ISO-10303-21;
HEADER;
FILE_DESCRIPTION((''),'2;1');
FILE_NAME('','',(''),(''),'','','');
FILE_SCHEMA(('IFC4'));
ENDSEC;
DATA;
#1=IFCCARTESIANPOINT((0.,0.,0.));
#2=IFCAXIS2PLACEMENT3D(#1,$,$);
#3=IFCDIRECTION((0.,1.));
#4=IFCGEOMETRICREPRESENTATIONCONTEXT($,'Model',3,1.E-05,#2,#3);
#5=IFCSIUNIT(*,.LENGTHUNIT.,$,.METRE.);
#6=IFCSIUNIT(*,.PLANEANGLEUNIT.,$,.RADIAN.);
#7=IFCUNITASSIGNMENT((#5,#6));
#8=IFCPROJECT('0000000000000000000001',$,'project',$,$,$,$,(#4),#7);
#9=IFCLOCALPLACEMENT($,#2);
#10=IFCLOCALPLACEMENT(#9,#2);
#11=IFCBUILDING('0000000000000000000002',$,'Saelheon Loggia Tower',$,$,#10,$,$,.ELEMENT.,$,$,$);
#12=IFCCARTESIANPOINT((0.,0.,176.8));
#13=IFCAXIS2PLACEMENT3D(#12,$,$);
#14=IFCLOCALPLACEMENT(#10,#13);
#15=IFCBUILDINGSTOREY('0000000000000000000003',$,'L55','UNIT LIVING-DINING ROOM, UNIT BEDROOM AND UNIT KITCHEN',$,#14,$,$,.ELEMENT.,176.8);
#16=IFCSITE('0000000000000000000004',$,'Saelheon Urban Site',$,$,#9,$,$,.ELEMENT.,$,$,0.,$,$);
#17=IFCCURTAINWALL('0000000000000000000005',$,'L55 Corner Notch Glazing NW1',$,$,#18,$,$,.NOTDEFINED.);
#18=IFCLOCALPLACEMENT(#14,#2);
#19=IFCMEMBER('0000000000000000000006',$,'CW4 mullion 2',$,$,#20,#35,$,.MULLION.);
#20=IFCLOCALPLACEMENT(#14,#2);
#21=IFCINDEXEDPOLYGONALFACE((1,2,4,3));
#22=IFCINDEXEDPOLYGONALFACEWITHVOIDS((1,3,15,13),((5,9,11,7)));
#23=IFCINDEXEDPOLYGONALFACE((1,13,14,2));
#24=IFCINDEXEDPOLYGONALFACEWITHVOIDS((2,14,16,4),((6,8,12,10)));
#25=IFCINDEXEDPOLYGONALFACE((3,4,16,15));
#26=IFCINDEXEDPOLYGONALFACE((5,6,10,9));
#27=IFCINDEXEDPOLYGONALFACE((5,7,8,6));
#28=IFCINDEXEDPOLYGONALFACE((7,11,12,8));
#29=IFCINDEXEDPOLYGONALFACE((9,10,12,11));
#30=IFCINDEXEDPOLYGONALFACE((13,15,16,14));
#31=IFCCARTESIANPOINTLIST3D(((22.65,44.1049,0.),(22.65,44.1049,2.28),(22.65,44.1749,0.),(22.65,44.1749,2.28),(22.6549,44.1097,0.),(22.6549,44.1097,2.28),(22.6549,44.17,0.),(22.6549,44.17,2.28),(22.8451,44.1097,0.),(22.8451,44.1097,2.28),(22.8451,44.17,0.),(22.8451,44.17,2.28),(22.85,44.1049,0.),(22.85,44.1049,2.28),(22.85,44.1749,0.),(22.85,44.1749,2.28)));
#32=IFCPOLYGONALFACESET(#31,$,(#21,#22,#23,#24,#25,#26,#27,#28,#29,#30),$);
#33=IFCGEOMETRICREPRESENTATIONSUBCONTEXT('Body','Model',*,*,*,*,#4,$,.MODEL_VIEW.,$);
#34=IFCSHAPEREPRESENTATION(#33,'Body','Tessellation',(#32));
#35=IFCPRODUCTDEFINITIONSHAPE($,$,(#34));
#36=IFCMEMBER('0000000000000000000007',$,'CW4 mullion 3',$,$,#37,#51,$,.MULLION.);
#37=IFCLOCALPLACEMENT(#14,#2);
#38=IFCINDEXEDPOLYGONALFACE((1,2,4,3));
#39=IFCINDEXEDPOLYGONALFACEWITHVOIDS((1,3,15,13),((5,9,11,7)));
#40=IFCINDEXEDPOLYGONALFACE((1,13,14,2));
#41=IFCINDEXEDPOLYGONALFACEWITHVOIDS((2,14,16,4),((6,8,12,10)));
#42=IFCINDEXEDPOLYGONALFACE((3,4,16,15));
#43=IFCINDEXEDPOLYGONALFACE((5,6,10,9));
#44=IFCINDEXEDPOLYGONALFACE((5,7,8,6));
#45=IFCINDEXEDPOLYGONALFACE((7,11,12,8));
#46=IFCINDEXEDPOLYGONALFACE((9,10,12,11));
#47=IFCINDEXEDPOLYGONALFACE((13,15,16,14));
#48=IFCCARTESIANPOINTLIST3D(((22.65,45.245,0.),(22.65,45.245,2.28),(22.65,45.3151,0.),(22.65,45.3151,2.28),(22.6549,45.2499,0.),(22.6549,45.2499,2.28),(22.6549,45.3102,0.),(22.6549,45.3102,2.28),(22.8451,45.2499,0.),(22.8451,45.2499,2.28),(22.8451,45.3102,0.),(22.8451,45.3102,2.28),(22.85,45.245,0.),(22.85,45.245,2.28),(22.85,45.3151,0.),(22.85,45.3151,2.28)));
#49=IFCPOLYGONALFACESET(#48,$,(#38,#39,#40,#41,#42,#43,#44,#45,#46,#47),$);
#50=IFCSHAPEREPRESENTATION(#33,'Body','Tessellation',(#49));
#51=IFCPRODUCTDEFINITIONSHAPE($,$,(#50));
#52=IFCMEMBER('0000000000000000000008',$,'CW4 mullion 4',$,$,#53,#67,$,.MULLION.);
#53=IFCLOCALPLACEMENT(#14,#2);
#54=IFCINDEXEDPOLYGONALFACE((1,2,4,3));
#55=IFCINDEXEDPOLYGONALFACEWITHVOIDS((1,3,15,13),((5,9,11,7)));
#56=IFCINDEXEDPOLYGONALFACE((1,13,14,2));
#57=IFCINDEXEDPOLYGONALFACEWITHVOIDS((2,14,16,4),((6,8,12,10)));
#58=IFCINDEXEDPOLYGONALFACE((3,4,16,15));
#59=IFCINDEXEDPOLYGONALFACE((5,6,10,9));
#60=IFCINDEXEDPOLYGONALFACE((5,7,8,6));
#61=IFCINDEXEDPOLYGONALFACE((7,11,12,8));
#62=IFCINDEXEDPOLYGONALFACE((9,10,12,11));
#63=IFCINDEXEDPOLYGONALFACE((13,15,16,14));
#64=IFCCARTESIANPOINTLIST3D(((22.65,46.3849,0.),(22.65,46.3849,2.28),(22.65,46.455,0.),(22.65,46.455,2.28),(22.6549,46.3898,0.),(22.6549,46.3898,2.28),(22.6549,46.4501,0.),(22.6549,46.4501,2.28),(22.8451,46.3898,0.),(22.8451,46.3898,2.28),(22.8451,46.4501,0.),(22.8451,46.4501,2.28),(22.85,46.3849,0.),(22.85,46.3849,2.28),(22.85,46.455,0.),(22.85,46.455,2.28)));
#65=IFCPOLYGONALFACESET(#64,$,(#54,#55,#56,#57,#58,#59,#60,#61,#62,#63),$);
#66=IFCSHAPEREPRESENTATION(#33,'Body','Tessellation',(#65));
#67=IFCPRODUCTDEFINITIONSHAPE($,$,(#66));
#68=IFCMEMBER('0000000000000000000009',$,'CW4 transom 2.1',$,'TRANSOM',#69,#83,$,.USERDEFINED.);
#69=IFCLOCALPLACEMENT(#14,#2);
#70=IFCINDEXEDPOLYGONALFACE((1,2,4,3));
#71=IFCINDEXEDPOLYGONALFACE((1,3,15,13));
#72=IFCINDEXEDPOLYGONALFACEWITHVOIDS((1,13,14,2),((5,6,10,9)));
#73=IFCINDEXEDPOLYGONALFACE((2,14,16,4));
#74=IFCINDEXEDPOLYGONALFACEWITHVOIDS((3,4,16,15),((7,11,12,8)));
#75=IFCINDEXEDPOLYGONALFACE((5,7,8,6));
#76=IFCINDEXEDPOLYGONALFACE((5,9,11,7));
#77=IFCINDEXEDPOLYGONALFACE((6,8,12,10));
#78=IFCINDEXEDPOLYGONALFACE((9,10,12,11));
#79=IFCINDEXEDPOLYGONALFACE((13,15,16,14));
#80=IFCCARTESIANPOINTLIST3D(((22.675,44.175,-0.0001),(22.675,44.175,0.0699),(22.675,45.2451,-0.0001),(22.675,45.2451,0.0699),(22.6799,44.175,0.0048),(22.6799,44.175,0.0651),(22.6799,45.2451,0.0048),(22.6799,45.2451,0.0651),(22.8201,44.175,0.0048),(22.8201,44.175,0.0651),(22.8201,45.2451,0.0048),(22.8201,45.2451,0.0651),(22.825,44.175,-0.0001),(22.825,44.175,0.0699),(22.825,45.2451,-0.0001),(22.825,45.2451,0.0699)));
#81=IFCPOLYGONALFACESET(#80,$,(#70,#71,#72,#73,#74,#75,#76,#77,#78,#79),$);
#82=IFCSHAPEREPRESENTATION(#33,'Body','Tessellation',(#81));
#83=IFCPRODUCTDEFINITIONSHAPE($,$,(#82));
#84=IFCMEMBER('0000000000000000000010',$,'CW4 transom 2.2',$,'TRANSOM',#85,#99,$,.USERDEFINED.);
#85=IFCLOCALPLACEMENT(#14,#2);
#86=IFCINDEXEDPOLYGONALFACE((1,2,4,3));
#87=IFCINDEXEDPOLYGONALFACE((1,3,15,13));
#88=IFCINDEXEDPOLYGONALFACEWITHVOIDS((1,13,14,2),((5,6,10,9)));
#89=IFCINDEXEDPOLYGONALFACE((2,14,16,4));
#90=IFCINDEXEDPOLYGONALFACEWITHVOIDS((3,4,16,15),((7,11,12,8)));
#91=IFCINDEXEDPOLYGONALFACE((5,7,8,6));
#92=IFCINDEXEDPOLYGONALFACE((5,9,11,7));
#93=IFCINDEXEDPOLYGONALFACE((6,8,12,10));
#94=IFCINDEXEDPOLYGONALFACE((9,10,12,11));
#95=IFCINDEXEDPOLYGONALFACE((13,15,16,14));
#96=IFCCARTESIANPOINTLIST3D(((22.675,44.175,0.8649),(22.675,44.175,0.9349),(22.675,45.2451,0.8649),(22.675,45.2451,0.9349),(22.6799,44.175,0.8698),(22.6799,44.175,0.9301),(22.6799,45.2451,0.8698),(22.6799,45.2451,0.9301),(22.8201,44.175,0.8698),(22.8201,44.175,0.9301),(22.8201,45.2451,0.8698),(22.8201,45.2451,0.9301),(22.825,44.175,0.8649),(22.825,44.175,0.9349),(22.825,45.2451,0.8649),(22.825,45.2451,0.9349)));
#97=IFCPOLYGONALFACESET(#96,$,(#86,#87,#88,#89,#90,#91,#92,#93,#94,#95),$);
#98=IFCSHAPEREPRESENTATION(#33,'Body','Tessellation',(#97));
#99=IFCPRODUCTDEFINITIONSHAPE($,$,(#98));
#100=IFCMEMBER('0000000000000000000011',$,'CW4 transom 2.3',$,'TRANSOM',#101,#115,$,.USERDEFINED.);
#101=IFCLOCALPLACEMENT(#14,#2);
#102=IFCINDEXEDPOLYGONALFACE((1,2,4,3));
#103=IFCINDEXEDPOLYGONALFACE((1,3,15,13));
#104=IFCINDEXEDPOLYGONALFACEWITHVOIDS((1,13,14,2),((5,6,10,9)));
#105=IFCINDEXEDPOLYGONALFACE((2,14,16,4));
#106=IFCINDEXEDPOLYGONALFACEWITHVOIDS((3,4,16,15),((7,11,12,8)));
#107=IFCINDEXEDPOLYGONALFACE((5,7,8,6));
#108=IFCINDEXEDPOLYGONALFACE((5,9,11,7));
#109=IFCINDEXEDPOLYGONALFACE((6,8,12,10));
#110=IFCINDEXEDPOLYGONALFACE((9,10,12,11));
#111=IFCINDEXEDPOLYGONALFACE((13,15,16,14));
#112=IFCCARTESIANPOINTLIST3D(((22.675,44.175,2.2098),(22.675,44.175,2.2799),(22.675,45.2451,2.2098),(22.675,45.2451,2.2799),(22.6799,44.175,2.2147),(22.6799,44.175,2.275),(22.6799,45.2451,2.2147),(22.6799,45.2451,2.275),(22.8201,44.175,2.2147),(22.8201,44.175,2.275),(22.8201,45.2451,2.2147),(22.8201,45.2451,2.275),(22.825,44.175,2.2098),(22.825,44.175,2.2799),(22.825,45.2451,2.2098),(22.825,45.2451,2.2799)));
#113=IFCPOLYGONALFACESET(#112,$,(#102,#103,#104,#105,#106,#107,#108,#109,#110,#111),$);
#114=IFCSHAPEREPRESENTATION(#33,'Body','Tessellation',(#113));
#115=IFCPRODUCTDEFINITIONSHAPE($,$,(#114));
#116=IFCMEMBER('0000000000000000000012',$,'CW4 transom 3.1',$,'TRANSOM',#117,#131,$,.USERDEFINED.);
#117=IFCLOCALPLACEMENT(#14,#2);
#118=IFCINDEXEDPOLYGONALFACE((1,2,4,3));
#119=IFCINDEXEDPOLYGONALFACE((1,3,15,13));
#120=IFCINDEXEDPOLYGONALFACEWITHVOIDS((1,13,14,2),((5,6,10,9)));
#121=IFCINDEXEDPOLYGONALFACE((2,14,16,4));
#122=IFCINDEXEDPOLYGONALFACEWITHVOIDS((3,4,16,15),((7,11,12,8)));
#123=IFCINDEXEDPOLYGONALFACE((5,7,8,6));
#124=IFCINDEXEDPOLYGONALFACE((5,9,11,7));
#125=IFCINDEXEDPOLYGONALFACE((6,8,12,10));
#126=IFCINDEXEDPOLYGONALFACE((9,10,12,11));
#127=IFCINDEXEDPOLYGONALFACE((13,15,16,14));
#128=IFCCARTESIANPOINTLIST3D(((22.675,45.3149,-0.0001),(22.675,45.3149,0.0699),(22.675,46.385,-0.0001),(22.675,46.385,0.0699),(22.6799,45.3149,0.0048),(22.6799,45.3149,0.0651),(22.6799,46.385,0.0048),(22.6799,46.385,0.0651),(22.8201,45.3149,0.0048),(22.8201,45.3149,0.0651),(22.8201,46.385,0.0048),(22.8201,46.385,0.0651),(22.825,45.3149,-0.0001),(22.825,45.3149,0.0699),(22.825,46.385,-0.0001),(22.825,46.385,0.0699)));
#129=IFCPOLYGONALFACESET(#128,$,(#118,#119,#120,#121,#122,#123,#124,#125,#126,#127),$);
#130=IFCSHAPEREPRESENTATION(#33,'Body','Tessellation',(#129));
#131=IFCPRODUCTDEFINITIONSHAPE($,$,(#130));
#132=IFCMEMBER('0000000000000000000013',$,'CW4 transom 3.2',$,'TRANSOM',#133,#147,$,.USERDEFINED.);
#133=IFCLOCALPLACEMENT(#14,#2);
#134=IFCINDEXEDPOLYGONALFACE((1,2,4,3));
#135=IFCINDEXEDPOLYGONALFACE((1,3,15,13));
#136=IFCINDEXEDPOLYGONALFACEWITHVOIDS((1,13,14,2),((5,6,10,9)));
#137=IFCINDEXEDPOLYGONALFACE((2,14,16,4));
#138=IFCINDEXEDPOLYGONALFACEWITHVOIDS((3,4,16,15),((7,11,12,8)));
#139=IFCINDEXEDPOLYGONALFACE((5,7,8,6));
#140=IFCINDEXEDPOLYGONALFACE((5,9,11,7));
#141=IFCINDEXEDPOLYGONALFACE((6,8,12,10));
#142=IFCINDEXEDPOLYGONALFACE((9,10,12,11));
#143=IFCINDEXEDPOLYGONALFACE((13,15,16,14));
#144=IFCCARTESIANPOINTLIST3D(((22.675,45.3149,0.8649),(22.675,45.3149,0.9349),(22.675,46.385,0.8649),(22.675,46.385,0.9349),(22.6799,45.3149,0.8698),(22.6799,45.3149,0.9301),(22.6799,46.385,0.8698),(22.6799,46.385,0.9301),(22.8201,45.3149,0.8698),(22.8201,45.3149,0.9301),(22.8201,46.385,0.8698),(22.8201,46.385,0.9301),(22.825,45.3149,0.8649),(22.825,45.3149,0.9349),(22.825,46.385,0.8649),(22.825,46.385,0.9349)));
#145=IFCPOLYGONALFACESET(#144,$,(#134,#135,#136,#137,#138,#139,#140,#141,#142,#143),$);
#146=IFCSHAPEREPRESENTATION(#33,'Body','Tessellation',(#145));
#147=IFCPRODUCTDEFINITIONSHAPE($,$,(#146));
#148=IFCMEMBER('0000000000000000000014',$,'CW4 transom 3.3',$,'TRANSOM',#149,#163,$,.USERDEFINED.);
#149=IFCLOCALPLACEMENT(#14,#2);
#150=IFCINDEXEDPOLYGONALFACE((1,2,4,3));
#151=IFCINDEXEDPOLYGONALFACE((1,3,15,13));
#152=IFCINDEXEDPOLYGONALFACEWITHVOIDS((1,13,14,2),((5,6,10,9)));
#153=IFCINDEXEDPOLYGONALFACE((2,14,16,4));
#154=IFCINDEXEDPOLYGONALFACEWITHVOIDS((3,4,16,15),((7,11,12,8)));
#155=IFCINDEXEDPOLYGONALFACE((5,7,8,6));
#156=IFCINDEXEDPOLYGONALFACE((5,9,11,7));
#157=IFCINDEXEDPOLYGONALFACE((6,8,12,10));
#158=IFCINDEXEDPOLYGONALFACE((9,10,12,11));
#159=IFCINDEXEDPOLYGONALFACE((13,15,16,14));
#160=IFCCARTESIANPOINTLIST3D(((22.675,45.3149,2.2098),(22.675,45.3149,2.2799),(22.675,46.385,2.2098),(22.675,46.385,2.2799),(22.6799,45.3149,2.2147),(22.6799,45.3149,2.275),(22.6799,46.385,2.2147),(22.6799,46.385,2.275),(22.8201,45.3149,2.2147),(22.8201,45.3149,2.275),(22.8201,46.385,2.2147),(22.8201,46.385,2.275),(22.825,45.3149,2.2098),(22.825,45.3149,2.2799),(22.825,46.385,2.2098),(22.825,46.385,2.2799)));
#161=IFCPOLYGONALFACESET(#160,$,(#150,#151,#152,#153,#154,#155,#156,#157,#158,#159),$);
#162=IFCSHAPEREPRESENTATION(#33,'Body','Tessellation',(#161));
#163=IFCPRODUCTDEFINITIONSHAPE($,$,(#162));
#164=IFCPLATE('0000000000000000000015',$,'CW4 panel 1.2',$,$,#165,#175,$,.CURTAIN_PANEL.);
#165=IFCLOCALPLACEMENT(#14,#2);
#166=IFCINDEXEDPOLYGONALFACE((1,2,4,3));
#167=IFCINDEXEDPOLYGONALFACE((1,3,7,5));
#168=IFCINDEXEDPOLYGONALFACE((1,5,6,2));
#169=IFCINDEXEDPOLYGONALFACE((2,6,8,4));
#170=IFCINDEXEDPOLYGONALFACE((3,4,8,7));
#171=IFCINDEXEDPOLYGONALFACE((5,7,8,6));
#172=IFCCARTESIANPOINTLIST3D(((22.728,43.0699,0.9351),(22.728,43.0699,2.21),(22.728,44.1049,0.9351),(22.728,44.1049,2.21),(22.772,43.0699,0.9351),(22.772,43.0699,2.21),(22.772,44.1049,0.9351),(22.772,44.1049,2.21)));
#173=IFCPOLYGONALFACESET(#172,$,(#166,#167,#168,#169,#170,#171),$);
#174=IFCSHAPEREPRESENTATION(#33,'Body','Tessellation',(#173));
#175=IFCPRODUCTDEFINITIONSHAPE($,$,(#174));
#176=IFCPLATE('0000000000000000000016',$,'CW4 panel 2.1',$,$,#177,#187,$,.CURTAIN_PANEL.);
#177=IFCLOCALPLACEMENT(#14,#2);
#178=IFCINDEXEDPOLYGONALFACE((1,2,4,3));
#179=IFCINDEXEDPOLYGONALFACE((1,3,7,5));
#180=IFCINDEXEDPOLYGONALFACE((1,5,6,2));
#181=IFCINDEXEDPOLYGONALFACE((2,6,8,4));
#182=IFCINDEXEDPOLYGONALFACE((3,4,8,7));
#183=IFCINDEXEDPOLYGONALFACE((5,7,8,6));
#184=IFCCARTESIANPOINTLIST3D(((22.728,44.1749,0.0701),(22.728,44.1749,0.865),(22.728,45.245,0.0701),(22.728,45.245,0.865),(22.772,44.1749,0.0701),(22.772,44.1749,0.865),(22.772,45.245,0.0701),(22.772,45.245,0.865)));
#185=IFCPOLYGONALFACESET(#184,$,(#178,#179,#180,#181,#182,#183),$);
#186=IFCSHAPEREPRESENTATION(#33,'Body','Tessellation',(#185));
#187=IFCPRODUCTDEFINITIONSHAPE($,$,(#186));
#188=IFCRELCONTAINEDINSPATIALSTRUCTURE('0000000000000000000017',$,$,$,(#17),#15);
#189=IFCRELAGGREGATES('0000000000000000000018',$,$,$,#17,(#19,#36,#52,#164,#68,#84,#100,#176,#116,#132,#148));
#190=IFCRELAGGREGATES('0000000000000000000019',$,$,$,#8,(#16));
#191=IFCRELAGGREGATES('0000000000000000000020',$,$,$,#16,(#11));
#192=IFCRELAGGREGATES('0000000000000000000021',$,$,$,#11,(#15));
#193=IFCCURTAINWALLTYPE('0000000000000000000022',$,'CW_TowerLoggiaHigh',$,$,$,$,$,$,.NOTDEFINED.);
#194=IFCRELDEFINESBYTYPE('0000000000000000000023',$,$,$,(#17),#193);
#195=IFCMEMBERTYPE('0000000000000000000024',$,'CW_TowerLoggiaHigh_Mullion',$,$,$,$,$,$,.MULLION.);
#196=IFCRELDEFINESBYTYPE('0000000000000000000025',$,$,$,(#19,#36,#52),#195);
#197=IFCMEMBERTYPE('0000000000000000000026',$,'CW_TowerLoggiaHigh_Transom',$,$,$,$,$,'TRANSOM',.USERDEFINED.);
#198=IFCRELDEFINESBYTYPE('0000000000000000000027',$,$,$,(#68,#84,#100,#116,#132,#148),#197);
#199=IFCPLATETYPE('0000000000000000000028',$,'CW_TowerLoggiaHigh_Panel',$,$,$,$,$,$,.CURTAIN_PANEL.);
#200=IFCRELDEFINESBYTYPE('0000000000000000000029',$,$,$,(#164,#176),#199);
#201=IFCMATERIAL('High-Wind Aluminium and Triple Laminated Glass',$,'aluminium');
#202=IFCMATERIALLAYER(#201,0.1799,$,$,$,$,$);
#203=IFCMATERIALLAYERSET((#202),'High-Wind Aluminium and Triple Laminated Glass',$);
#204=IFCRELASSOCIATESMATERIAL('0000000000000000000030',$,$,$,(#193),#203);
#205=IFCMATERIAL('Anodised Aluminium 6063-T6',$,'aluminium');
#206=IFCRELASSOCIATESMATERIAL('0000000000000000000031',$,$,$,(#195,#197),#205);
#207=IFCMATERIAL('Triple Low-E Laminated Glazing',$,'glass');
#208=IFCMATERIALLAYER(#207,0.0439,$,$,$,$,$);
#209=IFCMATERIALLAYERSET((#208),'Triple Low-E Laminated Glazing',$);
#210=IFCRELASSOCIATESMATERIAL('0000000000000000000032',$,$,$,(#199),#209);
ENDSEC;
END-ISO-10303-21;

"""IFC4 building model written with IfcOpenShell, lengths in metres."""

from ifc_helpers import new_model, si_unit, direction, frame, origin, origin_2d, place, context, subcontext, project, spatial, rectangle, hollow_rectangle, extrude, source, transform, mapped, material, layer, layer_set, material_profile, profile_set, type_object, element, aggregate, save


model = new_model("IFC4")

# Units and contexts
model_context = context("Model", 3, precision=1e-05, world=origin(), true_north=direction((0.0, 1.0)))
body_context = subcontext(model_context, "Body", "Model", "MODEL_VIEW")
ifc_project = project(units=[si_unit("LENGTHUNIT", "METRE"), si_unit("PLANEANGLEUNIT", "RADIAN")], contexts=[model_context])

# Site, building, storey
site_placement = place(None, origin())
site = spatial("IfcSite", under=ifc_project, at=site_placement, Name="Saelheon Urban Site", CompositionType="ELEMENT", RefElevation=0.0)
building_placement = place(site_placement, origin())
building = spatial("IfcBuilding", under=site, at=building_placement, Name="Saelheon Loggia Tower", CompositionType="ELEMENT")
storey_placement = place(building_placement, frame((0.0, 0.0, 176.8)))
storey = spatial("IfcBuildingStorey", under=building, at=storey_placement, Name="L55", Description="UNIT LIVING-DINING ROOM, UNIT BEDROOM AND UNIT KITCHEN", CompositionType="ELEMENT", Elevation=176.8)

# Curtain wall, members, plates
ifc_material_1 = material(Name="High-Wind Aluminium and Triple Laminated Glass", Category="aluminium")
ifc_layer_1 = layer(ifc_material_1, 0.1799)
ifc_layer_set_1 = layer_set([ifc_layer_1], Name="High-Wind Aluminium and Triple Laminated Glass")
curtain_wall_type = type_object("IfcCurtainWallType", Name="CW_TowerLoggiaHigh", PredefinedType="NOTDEFINED", material=ifc_layer_set_1)
curtain_wall_placement = place(storey_placement, origin())
curtain_wall = element("IfcCurtainWall", 1, at=curtain_wall_placement, inside=storey, type_object=curtain_wall_type, Name="L55 Corner Notch Glazing NW1", PredefinedType="NOTDEFINED")
ifc_material_2 = material(Name="Anodised Aluminium 6063-T6", Category="aluminium")
ifc_material_profile_1 = material_profile(ifc_material_2, hollow_rectangle(XDim=0.0701, YDim=0.2, WallThickness=0.0049, at=origin_2d()), Name="RHS-200x70x5")
ifc_profile_set_1 = profile_set([ifc_material_profile_1], Name="Anodised Aluminium 6063-T6")
member_type_1 = type_object("IfcMemberType", Name="CW_TowerLoggiaHigh_Mullion", PredefinedType="MULLION", material=ifc_profile_set_1)
shared_shape_1 = source(origin(), body_context, "Body", "SweptSolid", [
    extrude(hollow_rectangle(XDim=0.0701, YDim=0.2, WallThickness=0.0049, at=origin_2d()), origin(), (0.0, 0.0, 1.0), 2.28),
])
member_1_placement = place(storey_placement, frame((22.75, 44.1399, 0.0), z_axis=(0.0, 0.0, 1.0), x_axis=(0.0, 1.0, 0.0)))
member_1 = element("IfcMember", 2, at=member_1_placement, type_object=member_type_1, Name="CW4 mullion 2", PredefinedType="MULLION", context=body_context, shape_type="MappedRepresentation", body=[
    mapped(shared_shape_1, transform((0.0, 0.0, 0.0), scale=1.0)),
])
member_2_placement = place(storey_placement, frame((22.75, 45.28, 0.0), z_axis=(0.0, 0.0, 1.0), x_axis=(0.0, 1.0, 0.0)))
member_2 = element("IfcMember", 3, at=member_2_placement, type_object=member_type_1, Name="CW4 mullion 3", PredefinedType="MULLION", context=body_context, shape_type="MappedRepresentation", body=[
    mapped(shared_shape_1, transform((0.0, 0.0, 0.0), scale=1.0)),
])
member_3_placement = place(storey_placement, frame((22.75, 46.4199, 0.0), z_axis=(0.0, 0.0, 1.0), x_axis=(0.0, 1.0, 0.0)))
member_3 = element("IfcMember", 4, at=member_3_placement, type_object=member_type_1, Name="CW4 mullion 4", PredefinedType="MULLION", context=body_context, shape_type="MappedRepresentation", body=[
    mapped(shared_shape_1, transform((0.0, 0.0, 0.0), scale=1.0)),
])
ifc_material_profile_2 = material_profile(ifc_material_2, hollow_rectangle(XDim=0.0701, YDim=0.1499, WallThickness=0.0049, at=origin_2d()), Name="RHS-150x70x5")
ifc_profile_set_2 = profile_set([ifc_material_profile_2], Name="Anodised Aluminium 6063-T6")
member_type_2 = type_object("IfcMemberType", Name="CW_TowerLoggiaHigh_Transom", ElementType="TRANSOM", PredefinedType="USERDEFINED", material=ifc_profile_set_2)
shared_shape_2 = source(origin(), body_context, "Body", "SweptSolid", [
    extrude(hollow_rectangle(XDim=0.0701, YDim=0.1499, WallThickness=0.0049, at=origin_2d()), origin(), (0.0, 0.0, 1.0), 1.0701),
])
member_4_placement = place(storey_placement, frame((22.75, 44.175, 0.0349), z_axis=(0.0, 1.0, 0.0), x_axis=(0.0, 0.0, 1.0)))
member_4 = element("IfcMember", 5, at=member_4_placement, type_object=member_type_2, Name="CW4 transom 2.1", ObjectType="TRANSOM", PredefinedType="USERDEFINED", context=body_context, shape_type="MappedRepresentation", body=[
    mapped(shared_shape_2, transform((0.0, 0.0, 0.0), scale=1.0)),
])
member_5_placement = place(storey_placement, frame((22.75, 44.175, 0.8999), z_axis=(0.0, 1.0, 0.0), x_axis=(0.0, 0.0, 1.0)))
member_5 = element("IfcMember", 6, at=member_5_placement, type_object=member_type_2, Name="CW4 transom 2.2", ObjectType="TRANSOM", PredefinedType="USERDEFINED", context=body_context, shape_type="MappedRepresentation", body=[
    mapped(shared_shape_2, transform((0.0, 0.0, 0.0), scale=1.0)),
])
member_6_placement = place(storey_placement, frame((22.75, 44.175, 2.2449), z_axis=(0.0, 1.0, 0.0), x_axis=(0.0, 0.0, 1.0)))
member_6 = element("IfcMember", 7, at=member_6_placement, type_object=member_type_2, Name="CW4 transom 2.3", ObjectType="TRANSOM", PredefinedType="USERDEFINED", context=body_context, shape_type="MappedRepresentation", body=[
    mapped(shared_shape_2, transform((0.0, 0.0, 0.0), scale=1.0)),
])
member_7_placement = place(storey_placement, frame((22.75, 45.3149, 0.0349), z_axis=(0.0, 1.0, 0.0), x_axis=(0.0, 0.0, 1.0)))
member_7 = element("IfcMember", 8, at=member_7_placement, type_object=member_type_2, Name="CW4 transom 3.1", ObjectType="TRANSOM", PredefinedType="USERDEFINED", context=body_context, shape_type="MappedRepresentation", body=[
    mapped(shared_shape_2, transform((0.0, 0.0, 0.0), scale=1.0)),
])
member_8_placement = place(storey_placement, frame((22.75, 45.3149, 0.8999), z_axis=(0.0, 1.0, 0.0), x_axis=(0.0, 0.0, 1.0)))
member_8 = element("IfcMember", 9, at=member_8_placement, type_object=member_type_2, Name="CW4 transom 3.2", ObjectType="TRANSOM", PredefinedType="USERDEFINED", context=body_context, shape_type="MappedRepresentation", body=[
    mapped(shared_shape_2, transform((0.0, 0.0, 0.0), scale=1.0)),
])
member_9_placement = place(storey_placement, frame((22.75, 45.3149, 2.2449), z_axis=(0.0, 1.0, 0.0), x_axis=(0.0, 0.0, 1.0)))
member_9 = element("IfcMember", 10, at=member_9_placement, type_object=member_type_2, Name="CW4 transom 3.3", ObjectType="TRANSOM", PredefinedType="USERDEFINED", context=body_context, shape_type="MappedRepresentation", body=[
    mapped(shared_shape_2, transform((0.0, 0.0, 0.0), scale=1.0)),
])
ifc_material_3 = material(Name="Triple Low-E Laminated Glazing", Category="glass")
ifc_layer_2 = layer(ifc_material_3, 0.0439)
ifc_layer_set_2 = layer_set([ifc_layer_2], Name="Triple Low-E Laminated Glazing")
plate_type = type_object("IfcPlateType", Name="CW_TowerLoggiaHigh_Panel", PredefinedType="CURTAIN_PANEL", material=ifc_layer_set_2)
shared_shape_3 = source(origin(), body_context, "Body", "SweptSolid", [
    extrude(rectangle(XDim=1.0349, YDim=0.0439, at=origin_2d()), origin(), (0.0, 0.0, 1.0), 1.2749),
])
plate_1_placement = place(storey_placement, frame((22.75, 43.5874, 0.9351), z_axis=(0.0, 0.0, 1.0), x_axis=(0.0, 1.0, 0.0)))
plate_1 = element("IfcPlate", 11, at=plate_1_placement, type_object=plate_type, Name="CW4 panel 1.2", PredefinedType="CURTAIN_PANEL", context=body_context, shape_type="MappedRepresentation", body=[
    mapped(shared_shape_3, transform((0.0, 0.0, 0.0), scale=1.0)),
])
shared_shape_4 = source(origin(), body_context, "Body", "SweptSolid", [
    extrude(rectangle(XDim=1.0701, YDim=0.0439, at=origin_2d()), origin(), (0.0, 0.0, 1.0), 0.7949),
])
plate_2_placement = place(storey_placement, frame((22.75, 44.71, 0.0701), z_axis=(0.0, 0.0, 1.0), x_axis=(0.0, 1.0, 0.0)))
plate_2 = element("IfcPlate", 12, at=plate_2_placement, type_object=plate_type, Name="CW4 panel 2.1", PredefinedType="CURTAIN_PANEL", context=body_context, shape_type="MappedRepresentation", body=[
    mapped(shared_shape_4, transform((0.0, 0.0, 0.0), scale=1.0)),
])
aggregate(curtain_wall, [member_1, member_2, member_3, plate_1, member_4, member_5, member_6, plate_2, member_7, member_8, member_9])

save(model, "model.ifc")
